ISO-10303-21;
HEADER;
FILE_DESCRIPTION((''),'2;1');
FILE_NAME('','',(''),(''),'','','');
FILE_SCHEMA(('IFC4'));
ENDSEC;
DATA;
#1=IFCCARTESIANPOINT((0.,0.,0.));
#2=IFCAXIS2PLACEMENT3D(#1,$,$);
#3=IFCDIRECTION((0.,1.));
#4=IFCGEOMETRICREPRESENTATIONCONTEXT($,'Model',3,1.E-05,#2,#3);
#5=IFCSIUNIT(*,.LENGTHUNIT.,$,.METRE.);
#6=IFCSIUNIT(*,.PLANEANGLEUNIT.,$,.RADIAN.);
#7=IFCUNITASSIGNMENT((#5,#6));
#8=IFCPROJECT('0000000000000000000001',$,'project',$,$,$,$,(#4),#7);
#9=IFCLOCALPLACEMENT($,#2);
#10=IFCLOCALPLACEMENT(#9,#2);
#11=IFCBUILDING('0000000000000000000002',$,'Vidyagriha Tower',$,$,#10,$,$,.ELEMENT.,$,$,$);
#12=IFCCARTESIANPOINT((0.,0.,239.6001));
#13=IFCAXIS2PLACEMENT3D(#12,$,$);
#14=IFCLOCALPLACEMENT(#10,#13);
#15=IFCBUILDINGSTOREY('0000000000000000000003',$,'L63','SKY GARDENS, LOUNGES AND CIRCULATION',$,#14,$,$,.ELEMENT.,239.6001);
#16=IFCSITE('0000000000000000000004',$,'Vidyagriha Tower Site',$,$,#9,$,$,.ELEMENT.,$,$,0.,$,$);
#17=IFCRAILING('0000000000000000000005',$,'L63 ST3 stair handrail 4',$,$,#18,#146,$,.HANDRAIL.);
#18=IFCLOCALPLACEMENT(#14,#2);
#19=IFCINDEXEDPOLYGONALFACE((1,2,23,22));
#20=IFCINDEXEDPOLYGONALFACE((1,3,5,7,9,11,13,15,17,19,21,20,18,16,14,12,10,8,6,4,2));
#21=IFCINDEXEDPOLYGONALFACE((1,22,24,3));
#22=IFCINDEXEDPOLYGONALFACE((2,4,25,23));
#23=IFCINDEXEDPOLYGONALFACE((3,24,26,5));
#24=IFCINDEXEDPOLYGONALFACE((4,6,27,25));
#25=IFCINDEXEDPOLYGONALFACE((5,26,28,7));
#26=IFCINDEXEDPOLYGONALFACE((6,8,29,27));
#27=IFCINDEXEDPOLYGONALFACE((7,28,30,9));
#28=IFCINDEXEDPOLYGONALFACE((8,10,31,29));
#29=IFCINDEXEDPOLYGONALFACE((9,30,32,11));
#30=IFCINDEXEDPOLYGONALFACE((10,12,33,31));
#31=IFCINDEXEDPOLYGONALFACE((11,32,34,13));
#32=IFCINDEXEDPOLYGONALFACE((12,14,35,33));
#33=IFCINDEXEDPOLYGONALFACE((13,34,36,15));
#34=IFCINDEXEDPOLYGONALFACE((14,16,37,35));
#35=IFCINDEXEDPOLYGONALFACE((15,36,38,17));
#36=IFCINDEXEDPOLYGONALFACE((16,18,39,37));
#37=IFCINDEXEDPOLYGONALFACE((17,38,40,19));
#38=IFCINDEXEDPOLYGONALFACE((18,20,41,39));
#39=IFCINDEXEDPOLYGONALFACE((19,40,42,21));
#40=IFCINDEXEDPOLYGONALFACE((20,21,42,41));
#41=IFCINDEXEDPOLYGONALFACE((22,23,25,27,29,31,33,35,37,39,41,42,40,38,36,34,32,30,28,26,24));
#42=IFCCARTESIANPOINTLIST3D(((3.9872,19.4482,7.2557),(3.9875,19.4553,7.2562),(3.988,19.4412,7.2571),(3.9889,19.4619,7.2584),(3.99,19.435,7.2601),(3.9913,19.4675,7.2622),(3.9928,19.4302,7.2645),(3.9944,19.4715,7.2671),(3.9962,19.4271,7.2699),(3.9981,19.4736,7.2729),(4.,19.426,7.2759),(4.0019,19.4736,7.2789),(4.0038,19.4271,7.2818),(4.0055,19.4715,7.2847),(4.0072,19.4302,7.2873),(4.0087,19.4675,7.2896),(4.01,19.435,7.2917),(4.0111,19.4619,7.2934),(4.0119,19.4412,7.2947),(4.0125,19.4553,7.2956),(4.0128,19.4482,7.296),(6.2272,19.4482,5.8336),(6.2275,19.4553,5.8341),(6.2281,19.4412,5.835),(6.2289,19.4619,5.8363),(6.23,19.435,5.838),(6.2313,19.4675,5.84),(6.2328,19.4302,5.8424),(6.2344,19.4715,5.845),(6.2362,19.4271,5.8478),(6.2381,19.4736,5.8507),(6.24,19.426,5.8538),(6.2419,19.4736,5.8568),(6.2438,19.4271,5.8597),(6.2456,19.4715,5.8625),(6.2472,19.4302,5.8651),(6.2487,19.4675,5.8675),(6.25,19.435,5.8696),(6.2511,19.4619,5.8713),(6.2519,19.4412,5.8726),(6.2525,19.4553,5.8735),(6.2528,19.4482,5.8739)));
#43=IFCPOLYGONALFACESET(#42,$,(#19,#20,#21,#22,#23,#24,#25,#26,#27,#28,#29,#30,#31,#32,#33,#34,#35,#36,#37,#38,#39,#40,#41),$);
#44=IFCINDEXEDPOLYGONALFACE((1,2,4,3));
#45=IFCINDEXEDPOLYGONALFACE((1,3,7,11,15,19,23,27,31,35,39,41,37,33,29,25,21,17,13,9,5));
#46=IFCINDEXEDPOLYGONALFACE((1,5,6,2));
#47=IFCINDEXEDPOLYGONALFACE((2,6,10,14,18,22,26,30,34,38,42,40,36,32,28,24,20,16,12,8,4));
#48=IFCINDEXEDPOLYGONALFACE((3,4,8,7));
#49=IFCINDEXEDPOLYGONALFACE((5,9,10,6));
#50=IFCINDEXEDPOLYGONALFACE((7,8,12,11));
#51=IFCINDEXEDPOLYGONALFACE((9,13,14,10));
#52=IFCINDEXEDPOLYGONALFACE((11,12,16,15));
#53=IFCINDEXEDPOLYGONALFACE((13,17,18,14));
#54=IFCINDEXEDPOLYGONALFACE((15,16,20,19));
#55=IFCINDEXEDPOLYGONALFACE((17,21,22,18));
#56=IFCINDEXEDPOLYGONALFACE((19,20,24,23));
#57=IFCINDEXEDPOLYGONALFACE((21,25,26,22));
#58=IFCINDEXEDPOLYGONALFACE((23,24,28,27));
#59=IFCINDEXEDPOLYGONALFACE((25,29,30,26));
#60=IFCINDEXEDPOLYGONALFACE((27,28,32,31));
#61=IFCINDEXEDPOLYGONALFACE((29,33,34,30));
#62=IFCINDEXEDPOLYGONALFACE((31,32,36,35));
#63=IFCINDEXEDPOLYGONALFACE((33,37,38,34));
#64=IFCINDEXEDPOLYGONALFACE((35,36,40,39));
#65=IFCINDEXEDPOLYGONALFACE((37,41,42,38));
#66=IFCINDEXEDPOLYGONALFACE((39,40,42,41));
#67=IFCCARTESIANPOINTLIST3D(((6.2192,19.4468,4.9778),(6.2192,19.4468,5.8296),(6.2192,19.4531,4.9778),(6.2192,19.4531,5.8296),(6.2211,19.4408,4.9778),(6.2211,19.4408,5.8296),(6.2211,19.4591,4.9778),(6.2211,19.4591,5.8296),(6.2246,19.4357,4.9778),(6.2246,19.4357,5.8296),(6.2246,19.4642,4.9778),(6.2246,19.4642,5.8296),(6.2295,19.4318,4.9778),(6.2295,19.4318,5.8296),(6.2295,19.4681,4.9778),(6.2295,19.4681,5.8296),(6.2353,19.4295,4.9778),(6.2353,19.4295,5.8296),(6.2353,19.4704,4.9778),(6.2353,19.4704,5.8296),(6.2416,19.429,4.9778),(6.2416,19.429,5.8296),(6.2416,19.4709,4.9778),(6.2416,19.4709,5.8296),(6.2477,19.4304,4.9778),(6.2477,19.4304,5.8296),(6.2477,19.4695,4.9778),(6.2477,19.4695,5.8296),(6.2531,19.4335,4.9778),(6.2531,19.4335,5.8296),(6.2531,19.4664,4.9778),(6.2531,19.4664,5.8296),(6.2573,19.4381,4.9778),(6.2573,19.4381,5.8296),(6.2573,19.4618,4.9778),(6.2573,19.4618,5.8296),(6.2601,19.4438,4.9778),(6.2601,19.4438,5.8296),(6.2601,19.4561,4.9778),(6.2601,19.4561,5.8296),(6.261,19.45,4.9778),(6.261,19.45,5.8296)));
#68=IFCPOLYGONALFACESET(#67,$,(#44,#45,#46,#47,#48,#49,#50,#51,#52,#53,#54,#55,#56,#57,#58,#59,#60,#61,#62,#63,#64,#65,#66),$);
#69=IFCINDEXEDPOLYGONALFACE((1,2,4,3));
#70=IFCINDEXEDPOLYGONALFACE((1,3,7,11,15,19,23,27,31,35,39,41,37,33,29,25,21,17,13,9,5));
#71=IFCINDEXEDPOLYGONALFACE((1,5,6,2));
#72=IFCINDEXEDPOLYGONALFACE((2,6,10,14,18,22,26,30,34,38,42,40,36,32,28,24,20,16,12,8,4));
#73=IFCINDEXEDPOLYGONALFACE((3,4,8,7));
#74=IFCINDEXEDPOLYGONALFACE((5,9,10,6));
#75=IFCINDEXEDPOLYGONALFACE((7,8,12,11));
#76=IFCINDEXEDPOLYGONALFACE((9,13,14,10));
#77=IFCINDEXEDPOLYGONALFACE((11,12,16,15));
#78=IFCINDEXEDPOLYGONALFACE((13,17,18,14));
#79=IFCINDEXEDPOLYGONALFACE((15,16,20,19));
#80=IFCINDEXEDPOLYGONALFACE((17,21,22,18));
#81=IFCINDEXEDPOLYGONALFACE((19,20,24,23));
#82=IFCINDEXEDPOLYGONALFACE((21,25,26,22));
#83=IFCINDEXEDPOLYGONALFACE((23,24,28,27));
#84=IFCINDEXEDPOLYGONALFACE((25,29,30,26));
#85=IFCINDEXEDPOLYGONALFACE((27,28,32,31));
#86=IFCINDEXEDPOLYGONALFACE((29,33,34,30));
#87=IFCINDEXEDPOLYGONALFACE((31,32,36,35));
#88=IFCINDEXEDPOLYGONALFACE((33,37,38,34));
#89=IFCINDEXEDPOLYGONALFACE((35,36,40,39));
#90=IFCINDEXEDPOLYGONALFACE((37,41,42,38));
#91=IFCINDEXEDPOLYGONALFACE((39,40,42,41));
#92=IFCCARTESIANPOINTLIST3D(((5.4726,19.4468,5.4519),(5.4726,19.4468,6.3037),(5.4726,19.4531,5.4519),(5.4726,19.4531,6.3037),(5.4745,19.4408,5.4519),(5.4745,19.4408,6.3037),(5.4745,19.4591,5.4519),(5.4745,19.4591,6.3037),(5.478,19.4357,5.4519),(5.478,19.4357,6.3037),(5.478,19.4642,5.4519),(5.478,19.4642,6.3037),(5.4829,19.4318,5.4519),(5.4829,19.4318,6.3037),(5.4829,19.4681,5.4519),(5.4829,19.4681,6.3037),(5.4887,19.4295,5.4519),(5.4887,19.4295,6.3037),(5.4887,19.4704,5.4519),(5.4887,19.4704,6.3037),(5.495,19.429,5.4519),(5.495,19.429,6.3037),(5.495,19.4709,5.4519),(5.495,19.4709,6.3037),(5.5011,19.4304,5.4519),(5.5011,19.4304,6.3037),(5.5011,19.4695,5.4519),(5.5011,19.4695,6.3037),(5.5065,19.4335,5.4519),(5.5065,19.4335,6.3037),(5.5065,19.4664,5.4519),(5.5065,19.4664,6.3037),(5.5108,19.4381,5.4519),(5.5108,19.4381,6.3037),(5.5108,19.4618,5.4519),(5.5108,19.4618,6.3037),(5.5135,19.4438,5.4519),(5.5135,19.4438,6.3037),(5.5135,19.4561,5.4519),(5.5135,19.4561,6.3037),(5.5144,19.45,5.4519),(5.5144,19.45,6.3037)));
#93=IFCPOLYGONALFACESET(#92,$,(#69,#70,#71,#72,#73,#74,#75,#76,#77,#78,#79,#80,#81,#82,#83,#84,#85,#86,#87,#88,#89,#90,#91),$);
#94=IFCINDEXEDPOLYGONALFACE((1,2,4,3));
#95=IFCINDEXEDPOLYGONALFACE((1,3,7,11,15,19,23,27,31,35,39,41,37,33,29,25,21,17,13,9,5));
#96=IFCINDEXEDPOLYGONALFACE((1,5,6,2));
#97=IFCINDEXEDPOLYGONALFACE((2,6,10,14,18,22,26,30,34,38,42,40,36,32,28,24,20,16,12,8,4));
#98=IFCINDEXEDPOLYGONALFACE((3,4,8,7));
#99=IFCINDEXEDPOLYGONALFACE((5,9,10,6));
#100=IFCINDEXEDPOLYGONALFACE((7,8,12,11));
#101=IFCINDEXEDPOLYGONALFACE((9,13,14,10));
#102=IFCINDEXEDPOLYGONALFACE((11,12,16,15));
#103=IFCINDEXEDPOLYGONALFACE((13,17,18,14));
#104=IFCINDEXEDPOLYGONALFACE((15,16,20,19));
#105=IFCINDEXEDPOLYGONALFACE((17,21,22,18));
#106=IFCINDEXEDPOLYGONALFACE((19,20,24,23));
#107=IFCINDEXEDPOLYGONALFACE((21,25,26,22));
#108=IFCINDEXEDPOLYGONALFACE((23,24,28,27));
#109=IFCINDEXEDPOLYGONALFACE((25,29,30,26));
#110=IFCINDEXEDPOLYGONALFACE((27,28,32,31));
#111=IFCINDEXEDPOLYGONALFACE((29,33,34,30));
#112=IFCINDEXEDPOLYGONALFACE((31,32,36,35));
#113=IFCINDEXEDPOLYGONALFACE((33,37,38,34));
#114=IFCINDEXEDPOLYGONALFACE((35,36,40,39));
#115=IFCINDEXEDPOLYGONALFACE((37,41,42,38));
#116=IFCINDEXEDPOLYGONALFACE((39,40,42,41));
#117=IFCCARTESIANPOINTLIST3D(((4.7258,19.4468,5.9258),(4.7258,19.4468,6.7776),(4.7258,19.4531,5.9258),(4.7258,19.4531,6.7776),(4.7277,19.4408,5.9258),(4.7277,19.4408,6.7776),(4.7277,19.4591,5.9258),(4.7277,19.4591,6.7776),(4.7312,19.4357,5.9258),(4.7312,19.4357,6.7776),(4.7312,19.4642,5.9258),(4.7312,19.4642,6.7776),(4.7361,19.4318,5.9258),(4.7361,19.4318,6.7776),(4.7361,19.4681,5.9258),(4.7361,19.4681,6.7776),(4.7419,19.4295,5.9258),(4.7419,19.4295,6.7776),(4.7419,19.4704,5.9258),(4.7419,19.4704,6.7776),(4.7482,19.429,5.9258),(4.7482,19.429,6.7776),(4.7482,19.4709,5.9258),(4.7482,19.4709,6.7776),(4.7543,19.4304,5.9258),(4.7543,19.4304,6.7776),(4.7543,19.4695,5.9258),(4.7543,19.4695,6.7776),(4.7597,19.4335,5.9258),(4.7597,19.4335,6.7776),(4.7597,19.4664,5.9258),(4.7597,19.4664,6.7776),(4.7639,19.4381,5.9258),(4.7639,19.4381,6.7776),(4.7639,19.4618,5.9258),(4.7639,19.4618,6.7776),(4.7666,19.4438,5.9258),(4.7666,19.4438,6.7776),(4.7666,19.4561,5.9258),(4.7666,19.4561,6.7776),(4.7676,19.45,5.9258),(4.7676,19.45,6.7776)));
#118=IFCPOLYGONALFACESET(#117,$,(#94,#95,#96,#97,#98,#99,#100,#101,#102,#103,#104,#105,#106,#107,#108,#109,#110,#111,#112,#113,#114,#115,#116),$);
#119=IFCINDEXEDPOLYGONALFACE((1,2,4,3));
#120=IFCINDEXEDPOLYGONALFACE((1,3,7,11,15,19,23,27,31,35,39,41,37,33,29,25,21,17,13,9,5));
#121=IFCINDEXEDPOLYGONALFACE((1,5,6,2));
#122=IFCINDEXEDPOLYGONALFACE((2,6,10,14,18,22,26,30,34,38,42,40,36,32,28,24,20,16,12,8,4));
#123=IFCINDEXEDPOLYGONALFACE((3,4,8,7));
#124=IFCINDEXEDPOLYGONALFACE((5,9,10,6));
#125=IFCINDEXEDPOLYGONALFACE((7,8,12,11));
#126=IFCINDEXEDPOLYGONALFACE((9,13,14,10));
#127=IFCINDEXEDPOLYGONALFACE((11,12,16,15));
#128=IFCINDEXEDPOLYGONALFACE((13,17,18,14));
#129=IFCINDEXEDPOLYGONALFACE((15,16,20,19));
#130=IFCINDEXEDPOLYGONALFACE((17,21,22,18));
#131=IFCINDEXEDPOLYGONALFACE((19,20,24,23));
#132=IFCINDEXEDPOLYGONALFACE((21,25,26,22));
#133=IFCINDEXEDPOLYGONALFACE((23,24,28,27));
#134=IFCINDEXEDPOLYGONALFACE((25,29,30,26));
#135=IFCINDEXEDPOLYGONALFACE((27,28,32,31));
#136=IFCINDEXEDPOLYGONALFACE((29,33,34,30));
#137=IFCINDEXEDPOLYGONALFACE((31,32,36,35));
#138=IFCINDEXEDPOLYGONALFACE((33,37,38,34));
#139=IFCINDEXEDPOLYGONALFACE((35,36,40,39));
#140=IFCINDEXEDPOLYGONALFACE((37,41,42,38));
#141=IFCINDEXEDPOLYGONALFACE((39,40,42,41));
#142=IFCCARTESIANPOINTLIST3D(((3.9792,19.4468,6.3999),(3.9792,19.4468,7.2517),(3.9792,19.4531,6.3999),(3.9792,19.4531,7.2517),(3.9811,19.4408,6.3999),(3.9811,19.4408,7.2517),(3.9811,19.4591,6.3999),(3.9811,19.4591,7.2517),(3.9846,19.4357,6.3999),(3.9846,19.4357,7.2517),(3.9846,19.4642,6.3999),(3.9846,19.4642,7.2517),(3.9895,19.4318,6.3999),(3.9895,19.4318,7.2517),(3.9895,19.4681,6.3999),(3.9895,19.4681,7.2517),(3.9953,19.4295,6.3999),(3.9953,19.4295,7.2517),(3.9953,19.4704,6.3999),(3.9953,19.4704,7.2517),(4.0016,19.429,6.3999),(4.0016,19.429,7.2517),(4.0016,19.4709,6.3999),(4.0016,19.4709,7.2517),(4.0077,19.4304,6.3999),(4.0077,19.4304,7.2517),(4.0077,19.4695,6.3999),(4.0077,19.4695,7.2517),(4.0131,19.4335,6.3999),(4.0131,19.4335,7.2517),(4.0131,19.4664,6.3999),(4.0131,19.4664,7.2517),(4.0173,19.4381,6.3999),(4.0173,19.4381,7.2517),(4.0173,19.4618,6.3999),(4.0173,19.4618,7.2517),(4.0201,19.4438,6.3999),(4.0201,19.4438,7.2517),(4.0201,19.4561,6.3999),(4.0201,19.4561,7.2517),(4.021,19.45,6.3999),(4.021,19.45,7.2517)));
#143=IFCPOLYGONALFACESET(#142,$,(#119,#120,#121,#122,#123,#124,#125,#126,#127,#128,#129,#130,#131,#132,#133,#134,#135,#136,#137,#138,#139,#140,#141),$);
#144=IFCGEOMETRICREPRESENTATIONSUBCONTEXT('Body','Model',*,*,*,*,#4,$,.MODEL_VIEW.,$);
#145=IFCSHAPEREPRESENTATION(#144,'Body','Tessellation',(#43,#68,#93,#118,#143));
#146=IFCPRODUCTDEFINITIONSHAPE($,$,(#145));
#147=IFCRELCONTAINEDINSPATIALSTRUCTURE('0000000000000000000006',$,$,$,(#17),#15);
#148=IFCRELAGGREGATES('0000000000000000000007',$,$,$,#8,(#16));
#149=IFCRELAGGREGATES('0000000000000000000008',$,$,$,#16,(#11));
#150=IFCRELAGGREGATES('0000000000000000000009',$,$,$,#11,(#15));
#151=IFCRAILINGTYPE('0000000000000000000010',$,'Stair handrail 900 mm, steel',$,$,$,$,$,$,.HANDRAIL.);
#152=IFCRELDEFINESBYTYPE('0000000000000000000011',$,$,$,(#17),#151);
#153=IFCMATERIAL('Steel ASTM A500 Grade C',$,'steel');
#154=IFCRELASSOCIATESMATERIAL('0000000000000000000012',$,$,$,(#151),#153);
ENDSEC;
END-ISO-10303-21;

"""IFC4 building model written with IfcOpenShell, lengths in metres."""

from ifc_helpers import new_model, si_unit, direction, frame, origin, origin_2d, place, context, subcontext, project, spatial, circle, extrude, material, type_object, element, save


model = new_model("IFC4")

# Units and contexts
model_context = context("Model", 3, precision=1e-05, world=origin(), true_north=direction((0.0, 1.0)))
body_context = subcontext(model_context, "Body", "Model", "MODEL_VIEW")
ifc_project = project(units=[si_unit("LENGTHUNIT", "METRE"), si_unit("PLANEANGLEUNIT", "RADIAN")], contexts=[model_context])

# Site, building, storey
site_placement = place(None, origin())
site = spatial("IfcSite", under=ifc_project, at=site_placement, Name="Vidyagriha Tower Site", CompositionType="ELEMENT", RefElevation=0.0)
building_placement = place(site_placement, origin())
building = spatial("IfcBuilding", under=site, at=building_placement, Name="Vidyagriha Tower", CompositionType="ELEMENT")
storey_placement = place(building_placement, frame((0.0, 0.0, 239.6001)))
storey = spatial("IfcBuildingStorey", under=building, at=storey_placement, Name="L63", Description="SKY GARDENS, LOUNGES AND CIRCULATION", CompositionType="ELEMENT", Elevation=239.6001)

# Railing
ifc_material_1 = material(Name="Steel ASTM A500 Grade C", Category="steel")
railing_type_1 = type_object("IfcRailingType", Name="Stair handrail 900 mm, steel", PredefinedType="HANDRAIL", material=ifc_material_1)
railing_1_placement = place(storey_placement, frame((6.24, 19.45, 4.9778)))
element("IfcRailing", 1, at=railing_1_placement, inside=storey, type_object=railing_type_1, Name="L63 ST3 stair handrail 4", PredefinedType="HANDRAIL", context=body_context, shape_type="SweptSolid", body=[
    extrude(circle(Radius=0.0239, at=origin_2d()), frame((0.0, 0.0, 0.876), z_axis=(-0.844229, 0.0, 0.535982), x_axis=(0.0, -1.0, 0.0)), (0.0, 0.0, 1.0), 2.6533),
    extrude(circle(Radius=0.021, at=origin_2d()), origin(), (0.0, 0.0, 1.0), 0.8518),
    extrude(circle(Radius=0.021, at=origin_2d()), frame((-0.7466, 0.0, 0.4741)), (0.0, 0.0, 1.0), 0.8518),
    extrude(circle(Radius=0.021, at=origin_2d()), frame((-1.4934, 0.0, 0.948)), (0.0, 0.0, 1.0), 0.8518),
    extrude(circle(Radius=0.021, at=origin_2d()), frame((-2.24, 0.0, 1.4221)), (0.0, 0.0, 1.0), 0.8518),
])

save(model, "model.ifc")
